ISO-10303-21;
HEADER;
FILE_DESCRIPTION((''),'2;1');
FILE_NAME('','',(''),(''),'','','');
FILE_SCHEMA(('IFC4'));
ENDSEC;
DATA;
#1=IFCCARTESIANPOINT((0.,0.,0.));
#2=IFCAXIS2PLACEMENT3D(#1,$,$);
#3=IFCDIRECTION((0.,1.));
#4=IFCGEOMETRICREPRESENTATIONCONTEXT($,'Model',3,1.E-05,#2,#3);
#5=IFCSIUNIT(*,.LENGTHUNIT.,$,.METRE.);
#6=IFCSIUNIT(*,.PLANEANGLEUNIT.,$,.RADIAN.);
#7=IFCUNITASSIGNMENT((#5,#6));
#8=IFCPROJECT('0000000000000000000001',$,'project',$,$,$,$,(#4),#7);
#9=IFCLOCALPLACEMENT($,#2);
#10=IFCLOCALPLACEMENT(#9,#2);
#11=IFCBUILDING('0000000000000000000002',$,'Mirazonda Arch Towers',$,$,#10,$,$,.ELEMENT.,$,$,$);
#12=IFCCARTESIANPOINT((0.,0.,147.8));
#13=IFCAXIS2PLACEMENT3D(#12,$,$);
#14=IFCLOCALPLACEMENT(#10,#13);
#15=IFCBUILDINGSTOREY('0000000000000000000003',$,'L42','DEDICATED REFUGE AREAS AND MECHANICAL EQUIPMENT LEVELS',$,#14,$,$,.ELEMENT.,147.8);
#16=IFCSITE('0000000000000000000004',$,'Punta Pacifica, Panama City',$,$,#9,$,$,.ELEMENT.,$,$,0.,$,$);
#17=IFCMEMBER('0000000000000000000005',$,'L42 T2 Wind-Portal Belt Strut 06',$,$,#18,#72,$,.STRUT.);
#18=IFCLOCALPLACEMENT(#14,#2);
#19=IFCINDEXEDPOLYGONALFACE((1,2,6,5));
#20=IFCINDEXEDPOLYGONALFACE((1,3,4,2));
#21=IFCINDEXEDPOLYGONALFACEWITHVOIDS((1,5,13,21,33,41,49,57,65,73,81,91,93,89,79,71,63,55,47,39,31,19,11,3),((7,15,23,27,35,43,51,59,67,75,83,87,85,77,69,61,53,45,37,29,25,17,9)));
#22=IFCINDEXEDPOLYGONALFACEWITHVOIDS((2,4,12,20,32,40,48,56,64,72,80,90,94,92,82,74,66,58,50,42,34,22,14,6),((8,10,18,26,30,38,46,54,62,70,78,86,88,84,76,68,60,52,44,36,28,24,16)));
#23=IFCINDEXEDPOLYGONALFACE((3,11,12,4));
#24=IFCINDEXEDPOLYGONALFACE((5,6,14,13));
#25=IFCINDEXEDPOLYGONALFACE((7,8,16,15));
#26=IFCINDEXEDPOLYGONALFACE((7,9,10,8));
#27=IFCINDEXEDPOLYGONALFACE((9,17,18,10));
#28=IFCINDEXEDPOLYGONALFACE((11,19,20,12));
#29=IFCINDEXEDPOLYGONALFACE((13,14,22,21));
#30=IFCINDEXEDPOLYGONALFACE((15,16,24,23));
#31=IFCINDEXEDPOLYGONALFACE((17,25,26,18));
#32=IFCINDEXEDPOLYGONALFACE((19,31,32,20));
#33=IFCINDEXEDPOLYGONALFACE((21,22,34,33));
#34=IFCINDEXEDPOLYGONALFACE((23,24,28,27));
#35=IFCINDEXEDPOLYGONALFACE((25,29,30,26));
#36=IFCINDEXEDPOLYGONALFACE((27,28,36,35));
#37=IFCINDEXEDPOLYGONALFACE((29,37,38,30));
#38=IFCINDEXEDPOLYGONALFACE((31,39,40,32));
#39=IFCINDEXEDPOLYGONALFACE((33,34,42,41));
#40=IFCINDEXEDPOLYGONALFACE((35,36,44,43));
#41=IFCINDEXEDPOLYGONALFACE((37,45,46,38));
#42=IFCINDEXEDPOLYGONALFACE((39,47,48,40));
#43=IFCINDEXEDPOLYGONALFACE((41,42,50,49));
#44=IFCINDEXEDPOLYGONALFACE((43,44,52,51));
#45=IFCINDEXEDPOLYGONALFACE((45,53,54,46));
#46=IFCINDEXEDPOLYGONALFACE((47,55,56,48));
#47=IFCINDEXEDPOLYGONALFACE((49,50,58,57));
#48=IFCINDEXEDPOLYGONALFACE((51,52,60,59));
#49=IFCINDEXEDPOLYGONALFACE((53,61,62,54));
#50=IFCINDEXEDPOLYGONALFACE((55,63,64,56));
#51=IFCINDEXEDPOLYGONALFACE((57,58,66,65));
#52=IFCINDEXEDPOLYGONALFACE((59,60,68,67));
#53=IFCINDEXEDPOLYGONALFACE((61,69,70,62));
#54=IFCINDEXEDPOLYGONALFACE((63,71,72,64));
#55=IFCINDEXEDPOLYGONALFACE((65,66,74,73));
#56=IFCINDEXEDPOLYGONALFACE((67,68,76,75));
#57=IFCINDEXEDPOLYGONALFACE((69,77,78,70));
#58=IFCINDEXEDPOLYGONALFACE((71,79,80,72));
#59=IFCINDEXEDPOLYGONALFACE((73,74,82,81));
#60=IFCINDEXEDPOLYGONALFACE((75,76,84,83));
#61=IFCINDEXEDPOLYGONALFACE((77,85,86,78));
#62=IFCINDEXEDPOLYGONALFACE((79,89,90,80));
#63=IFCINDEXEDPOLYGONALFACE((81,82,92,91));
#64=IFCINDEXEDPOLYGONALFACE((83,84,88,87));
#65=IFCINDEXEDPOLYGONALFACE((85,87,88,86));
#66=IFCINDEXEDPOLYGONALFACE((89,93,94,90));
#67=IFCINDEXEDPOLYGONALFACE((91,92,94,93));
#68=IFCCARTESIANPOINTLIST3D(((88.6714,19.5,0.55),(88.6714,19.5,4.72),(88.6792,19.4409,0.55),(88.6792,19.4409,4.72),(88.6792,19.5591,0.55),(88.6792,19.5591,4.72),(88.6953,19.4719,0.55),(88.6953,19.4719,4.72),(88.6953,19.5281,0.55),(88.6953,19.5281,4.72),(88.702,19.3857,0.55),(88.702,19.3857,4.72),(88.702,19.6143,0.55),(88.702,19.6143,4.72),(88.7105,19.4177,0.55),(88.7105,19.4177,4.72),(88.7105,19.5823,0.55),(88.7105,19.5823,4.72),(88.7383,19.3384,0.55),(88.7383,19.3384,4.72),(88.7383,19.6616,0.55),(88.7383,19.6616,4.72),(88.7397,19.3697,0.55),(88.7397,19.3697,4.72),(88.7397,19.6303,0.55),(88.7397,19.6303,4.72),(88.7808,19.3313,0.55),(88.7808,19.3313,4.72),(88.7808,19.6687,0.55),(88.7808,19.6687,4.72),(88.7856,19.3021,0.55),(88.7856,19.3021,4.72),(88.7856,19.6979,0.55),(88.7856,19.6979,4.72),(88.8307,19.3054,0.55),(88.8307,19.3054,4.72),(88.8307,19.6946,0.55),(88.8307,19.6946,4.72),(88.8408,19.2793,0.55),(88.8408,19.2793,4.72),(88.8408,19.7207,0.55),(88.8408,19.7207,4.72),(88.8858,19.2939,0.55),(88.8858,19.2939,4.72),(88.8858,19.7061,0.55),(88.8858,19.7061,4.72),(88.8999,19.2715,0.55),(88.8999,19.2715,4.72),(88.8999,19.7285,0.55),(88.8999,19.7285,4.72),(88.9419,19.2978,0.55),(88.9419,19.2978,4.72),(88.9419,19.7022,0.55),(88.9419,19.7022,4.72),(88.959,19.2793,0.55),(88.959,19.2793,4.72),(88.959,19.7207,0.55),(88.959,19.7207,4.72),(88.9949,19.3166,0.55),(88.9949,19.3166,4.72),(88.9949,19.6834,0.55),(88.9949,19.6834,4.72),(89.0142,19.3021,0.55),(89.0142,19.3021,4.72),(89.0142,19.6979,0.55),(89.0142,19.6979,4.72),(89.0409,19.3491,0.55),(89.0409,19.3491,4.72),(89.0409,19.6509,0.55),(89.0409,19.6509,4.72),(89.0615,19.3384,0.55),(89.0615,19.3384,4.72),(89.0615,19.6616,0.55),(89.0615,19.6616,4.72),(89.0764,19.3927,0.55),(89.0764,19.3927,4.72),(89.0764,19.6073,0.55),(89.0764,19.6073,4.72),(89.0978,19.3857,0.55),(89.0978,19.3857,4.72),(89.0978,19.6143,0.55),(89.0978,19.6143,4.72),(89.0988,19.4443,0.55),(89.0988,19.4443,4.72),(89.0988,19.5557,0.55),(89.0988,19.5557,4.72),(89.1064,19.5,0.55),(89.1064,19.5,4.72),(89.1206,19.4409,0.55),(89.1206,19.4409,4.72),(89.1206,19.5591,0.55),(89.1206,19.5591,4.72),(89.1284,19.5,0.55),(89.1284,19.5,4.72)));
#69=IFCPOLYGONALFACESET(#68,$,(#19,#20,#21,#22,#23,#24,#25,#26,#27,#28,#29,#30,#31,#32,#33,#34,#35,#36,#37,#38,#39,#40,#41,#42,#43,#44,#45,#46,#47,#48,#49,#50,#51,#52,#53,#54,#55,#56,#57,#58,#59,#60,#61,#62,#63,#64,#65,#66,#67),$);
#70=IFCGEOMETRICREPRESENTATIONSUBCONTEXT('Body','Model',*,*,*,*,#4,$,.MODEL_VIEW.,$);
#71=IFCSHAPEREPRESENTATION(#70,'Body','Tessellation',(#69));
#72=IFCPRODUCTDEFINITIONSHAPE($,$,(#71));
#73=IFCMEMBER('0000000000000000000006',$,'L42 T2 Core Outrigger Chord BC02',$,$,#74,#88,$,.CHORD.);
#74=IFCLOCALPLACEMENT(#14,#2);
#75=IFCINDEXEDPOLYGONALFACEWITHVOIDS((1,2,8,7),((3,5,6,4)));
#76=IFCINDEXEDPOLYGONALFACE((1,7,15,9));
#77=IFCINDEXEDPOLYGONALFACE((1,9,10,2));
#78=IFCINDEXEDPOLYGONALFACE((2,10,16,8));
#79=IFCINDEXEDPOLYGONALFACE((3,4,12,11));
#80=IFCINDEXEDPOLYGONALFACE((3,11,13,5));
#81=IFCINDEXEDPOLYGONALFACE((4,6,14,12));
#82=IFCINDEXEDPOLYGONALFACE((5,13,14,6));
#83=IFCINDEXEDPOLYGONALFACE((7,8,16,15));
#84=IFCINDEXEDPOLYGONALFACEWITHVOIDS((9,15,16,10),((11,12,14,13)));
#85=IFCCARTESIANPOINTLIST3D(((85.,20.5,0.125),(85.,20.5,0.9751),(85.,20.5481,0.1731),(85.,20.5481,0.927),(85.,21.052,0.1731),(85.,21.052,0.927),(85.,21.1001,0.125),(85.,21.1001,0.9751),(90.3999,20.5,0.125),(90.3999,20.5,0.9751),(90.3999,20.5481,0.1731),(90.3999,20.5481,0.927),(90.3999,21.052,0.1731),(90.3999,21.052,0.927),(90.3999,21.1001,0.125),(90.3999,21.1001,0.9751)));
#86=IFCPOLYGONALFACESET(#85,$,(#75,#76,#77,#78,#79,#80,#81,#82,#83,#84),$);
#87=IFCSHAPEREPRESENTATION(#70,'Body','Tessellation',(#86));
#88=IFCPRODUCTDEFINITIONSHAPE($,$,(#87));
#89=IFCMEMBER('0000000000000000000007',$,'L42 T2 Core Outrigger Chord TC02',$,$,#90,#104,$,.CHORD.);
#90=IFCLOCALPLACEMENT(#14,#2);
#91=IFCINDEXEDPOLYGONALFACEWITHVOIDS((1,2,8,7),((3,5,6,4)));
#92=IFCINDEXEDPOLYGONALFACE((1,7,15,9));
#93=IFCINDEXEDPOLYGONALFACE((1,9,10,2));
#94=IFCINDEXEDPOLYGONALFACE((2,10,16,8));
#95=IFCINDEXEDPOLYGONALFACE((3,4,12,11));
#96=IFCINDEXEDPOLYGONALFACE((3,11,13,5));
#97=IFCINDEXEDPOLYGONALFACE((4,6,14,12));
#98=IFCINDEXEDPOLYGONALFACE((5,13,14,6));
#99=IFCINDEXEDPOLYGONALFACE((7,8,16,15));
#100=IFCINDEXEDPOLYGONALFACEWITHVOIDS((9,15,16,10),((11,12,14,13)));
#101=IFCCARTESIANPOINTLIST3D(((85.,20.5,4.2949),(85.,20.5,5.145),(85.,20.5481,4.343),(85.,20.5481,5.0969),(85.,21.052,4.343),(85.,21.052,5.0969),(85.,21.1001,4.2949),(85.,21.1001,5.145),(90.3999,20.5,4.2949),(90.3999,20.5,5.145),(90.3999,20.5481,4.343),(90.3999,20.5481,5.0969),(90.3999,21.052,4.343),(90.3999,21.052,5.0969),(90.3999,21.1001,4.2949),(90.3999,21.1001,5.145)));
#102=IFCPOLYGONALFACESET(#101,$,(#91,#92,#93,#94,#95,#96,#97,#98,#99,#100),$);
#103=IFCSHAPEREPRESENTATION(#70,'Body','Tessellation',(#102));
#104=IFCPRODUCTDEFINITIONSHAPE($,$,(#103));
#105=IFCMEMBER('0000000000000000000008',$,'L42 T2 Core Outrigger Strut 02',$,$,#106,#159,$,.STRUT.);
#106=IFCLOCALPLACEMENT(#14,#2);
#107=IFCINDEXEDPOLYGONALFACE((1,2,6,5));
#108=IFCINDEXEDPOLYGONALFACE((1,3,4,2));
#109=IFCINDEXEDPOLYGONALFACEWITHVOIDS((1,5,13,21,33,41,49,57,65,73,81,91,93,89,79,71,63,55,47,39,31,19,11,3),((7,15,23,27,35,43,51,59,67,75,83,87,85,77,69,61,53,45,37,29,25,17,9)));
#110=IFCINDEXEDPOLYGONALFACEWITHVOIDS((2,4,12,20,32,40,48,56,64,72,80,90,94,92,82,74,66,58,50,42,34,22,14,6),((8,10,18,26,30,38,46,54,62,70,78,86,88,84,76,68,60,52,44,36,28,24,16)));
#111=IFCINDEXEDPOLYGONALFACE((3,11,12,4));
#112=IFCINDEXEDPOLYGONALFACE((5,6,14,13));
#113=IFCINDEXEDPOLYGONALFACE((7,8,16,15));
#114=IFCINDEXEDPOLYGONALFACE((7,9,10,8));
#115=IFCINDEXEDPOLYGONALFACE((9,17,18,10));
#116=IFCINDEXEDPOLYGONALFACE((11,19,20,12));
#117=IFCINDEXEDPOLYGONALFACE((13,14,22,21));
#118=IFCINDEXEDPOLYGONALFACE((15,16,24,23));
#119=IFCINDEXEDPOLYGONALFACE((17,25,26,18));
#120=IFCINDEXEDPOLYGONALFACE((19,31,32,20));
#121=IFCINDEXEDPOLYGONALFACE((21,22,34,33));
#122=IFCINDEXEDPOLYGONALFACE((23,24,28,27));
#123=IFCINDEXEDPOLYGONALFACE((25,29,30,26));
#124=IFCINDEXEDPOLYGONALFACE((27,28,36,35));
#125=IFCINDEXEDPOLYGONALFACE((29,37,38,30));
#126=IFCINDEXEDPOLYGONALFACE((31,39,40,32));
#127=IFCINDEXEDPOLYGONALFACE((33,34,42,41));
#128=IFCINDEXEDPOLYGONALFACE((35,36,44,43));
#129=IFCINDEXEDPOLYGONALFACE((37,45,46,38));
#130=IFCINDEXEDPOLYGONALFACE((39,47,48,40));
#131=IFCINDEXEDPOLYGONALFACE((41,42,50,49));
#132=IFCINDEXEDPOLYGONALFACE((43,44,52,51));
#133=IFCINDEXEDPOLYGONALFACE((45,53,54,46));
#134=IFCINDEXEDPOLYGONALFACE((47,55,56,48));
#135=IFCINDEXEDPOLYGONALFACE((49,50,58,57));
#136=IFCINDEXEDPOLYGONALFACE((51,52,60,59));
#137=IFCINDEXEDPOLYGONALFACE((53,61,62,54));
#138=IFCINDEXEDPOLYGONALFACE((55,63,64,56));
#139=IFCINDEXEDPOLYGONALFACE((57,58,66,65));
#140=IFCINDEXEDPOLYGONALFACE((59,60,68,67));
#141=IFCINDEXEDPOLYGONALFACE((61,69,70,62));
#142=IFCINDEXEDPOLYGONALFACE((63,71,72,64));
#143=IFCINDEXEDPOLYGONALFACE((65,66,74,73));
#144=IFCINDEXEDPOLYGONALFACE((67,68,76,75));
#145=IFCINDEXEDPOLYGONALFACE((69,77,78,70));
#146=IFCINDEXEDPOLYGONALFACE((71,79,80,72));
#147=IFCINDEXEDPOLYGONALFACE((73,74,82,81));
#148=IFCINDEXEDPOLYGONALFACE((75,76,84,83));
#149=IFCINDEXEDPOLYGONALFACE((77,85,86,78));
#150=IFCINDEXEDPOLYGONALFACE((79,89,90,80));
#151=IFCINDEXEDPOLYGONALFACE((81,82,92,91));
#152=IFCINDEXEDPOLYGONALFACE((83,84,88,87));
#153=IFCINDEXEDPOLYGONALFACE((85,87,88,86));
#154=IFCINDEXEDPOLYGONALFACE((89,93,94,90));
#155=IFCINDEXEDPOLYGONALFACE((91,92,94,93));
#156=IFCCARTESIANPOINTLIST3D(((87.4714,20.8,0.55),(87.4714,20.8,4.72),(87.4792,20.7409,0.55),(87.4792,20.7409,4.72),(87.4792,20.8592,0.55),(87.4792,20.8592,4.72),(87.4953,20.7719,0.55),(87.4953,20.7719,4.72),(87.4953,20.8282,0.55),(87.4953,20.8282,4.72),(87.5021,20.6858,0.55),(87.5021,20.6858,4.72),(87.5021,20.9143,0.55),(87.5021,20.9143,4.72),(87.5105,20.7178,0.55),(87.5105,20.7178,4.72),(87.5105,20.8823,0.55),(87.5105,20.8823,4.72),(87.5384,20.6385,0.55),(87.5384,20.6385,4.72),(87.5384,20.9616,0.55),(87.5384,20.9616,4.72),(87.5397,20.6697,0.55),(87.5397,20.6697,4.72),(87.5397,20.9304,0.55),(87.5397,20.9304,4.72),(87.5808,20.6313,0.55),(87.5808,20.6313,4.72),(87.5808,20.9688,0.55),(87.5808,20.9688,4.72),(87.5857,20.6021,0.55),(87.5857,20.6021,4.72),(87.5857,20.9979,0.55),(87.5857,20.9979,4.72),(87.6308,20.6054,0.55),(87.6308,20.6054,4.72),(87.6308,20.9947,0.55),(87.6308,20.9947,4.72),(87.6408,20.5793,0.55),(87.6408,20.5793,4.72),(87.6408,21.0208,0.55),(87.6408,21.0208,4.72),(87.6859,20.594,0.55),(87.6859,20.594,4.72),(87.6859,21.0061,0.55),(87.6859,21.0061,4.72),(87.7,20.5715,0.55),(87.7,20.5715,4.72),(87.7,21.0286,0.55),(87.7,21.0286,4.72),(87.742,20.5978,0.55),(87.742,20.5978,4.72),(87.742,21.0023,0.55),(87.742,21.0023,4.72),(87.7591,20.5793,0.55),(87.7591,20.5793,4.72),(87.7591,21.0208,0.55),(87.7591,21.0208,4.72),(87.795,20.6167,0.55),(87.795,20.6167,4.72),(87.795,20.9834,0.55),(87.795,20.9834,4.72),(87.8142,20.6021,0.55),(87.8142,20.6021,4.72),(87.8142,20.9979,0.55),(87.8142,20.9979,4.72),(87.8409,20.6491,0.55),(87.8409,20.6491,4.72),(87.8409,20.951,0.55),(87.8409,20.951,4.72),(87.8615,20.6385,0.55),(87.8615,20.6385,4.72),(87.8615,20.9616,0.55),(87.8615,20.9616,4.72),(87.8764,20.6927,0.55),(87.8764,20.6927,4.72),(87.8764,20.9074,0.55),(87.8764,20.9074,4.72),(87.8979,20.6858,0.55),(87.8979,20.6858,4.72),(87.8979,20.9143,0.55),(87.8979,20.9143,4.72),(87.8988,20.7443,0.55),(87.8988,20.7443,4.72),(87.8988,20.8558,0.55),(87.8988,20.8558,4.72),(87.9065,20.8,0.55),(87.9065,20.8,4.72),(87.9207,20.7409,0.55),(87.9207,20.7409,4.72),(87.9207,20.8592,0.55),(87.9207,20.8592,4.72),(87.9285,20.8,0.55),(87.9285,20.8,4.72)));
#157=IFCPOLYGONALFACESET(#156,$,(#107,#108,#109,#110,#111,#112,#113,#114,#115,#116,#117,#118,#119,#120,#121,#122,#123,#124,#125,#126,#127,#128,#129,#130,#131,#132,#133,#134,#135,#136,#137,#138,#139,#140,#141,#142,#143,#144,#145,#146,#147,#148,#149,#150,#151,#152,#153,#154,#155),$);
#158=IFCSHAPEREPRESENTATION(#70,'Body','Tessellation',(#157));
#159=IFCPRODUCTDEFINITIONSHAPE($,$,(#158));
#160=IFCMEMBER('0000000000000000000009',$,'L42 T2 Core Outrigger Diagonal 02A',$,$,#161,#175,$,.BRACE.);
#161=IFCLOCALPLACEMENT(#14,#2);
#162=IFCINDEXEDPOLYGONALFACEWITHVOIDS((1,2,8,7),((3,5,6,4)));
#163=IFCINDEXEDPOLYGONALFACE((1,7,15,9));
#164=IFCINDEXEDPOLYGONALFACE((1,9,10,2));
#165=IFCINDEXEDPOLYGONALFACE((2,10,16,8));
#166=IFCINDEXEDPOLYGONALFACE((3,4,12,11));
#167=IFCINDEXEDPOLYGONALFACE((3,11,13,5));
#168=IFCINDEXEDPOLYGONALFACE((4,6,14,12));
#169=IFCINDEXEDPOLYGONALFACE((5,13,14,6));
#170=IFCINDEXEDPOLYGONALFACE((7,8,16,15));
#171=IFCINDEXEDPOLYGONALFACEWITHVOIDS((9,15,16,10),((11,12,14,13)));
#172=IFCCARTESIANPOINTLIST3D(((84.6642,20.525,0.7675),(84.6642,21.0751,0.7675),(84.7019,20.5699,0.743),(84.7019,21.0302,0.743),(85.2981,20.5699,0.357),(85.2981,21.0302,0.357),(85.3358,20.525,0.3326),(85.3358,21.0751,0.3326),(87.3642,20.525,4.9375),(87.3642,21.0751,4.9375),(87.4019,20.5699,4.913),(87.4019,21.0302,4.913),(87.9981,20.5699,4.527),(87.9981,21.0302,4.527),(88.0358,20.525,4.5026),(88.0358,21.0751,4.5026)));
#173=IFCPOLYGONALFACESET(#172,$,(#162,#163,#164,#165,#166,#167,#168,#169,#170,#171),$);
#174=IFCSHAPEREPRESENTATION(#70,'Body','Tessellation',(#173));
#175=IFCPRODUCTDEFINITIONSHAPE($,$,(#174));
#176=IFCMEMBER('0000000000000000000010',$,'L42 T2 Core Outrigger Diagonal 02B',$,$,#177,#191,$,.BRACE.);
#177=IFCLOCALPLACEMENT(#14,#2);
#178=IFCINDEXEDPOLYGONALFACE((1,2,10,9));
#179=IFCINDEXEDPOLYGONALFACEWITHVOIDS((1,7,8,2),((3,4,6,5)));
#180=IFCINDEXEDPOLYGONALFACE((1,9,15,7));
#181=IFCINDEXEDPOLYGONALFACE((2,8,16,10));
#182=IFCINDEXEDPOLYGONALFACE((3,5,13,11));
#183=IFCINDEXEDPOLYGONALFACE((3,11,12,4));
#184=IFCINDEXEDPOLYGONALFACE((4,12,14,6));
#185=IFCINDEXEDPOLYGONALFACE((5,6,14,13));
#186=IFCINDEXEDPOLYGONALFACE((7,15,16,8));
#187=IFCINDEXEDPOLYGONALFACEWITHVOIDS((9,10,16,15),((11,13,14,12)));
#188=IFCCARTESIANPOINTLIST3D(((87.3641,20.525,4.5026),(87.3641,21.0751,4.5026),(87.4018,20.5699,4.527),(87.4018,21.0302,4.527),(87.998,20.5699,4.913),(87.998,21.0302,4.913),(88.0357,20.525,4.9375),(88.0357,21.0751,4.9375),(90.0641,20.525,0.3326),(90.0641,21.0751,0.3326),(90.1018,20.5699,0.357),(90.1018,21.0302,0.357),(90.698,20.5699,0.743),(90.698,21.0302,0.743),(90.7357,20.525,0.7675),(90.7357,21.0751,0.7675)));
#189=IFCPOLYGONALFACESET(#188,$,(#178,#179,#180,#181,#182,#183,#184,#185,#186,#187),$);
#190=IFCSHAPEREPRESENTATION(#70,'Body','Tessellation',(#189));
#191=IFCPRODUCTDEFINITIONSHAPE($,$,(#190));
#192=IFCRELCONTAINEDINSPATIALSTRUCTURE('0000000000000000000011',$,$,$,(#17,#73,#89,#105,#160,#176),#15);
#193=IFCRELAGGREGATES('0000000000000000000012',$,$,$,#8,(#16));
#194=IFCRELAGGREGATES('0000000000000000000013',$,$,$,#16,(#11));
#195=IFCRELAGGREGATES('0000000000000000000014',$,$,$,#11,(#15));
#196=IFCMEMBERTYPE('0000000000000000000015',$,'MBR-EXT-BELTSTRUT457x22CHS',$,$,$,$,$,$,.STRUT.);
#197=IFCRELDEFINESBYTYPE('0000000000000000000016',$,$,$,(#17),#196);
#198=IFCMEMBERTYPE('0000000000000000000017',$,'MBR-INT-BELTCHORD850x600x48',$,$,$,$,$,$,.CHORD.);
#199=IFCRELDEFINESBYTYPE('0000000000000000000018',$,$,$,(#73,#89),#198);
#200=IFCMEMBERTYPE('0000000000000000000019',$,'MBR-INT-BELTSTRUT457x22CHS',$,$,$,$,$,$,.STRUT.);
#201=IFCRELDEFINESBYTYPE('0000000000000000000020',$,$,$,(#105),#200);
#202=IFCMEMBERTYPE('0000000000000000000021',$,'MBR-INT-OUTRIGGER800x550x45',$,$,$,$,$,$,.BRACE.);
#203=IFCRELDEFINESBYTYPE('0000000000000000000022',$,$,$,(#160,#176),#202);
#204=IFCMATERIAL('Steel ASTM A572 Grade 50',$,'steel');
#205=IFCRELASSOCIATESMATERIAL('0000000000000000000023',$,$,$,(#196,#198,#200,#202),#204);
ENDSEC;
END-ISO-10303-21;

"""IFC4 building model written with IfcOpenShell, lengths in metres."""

from ifc_helpers import new_model, si_unit, direction, frame, origin, origin_2d, place, context, subcontext, project, spatial, hollow_rectangle, hollow_circle, extrude, material, material_profile, profile_set, type_object, element, save


model = new_model("IFC4")

# Units and contexts
model_context = context("Model", 3, precision=1e-05, world=origin(), true_north=direction((0.0, 1.0)))
body_context = subcontext(model_context, "Body", "Model", "MODEL_VIEW")
ifc_project = project(units=[si_unit("LENGTHUNIT", "METRE"), si_unit("PLANEANGLEUNIT", "RADIAN")], contexts=[model_context])

# Site, building, storey
site_placement = place(None, origin())
site = spatial("IfcSite", under=ifc_project, at=site_placement, Name="Punta Pacifica, Panama City", CompositionType="ELEMENT", RefElevation=0.0)
building_placement = place(site_placement, origin())
building = spatial("IfcBuilding", under=site, at=building_placement, Name="Mirazonda Arch Towers", CompositionType="ELEMENT")
storey_placement = place(building_placement, frame((0.0, 0.0, 147.8)))
storey = spatial("IfcBuildingStorey", under=building, at=storey_placement, Name="L42", Description="DEDICATED REFUGE AREAS AND MECHANICAL EQUIPMENT LEVELS", CompositionType="ELEMENT", Elevation=147.8)

# Shared definitions
ifc_material_1 = material(Name="Steel ASTM A572 Grade 50", Category="steel")

# Members
ifc_material_profile_1 = material_profile(ifc_material_1, hollow_circle(Radius=0.2285, WallThickness=0.022, at=origin_2d()), Name="BELTSTRUT457x22CHS")
ifc_profile_set_1 = profile_set([ifc_material_profile_1], Name="Steel ASTM A572 Grade 50")
member_type_1 = type_object("IfcMemberType", Name="MBR-EXT-BELTSTRUT457x22CHS", PredefinedType="STRUT", material=ifc_profile_set_1)
for number, where, z_axis, x_axis, name in (
    (1, (88.8999, 19.5, 0.55), (0.0, 0.0, 1.0), (1.0, 0.0, 0.0), "L42 T2 Wind-Portal Belt Strut 06"),
):
    element("IfcMember", number, at=place(storey_placement, frame(where, z_axis=z_axis, x_axis=x_axis)), inside=storey, type_object=member_type_1, Name=name, PredefinedType="STRUT", context=body_context, shape_type="SweptSolid", body=[
        extrude(hollow_circle(Radius=0.2285, WallThickness=0.022, at=origin_2d()), origin(), (0.0, 0.0, 1.0), 4.1699),
    ])
ifc_material_profile_2 = material_profile(ifc_material_1, hollow_rectangle(XDim=0.6001, YDim=0.8501, WallThickness=0.0481, at=origin_2d()), Name="BELTCHORD850x600x48")
ifc_profile_set_2 = profile_set([ifc_material_profile_2], Name="Steel ASTM A572 Grade 50")
member_type_2 = type_object("IfcMemberType", Name="MBR-INT-BELTCHORD850x600x48", PredefinedType="CHORD", material=ifc_profile_set_2)
for number, where, z_axis, x_axis, name in (
    (2, (85.0, 20.8, 0.55), (1.0, 0.0, 0.0), (0.0, 1.0, 0.0), "L42 T2 Core Outrigger Chord BC02"),
    (3, (85.0, 20.8, 4.72), (1.0, 0.0, 0.0), (0.0, 1.0, 0.0), "L42 T2 Core Outrigger Chord TC02"),
):
    element("IfcMember", number, at=place(storey_placement, frame(where, z_axis=z_axis, x_axis=x_axis)), inside=storey, type_object=member_type_2, Name=name, PredefinedType="CHORD", context=body_context, shape_type="SweptSolid", body=[
        extrude(hollow_rectangle(XDim=0.6001, YDim=0.8501, WallThickness=0.0481, at=origin_2d()), origin(), (0.0, 0.0, 1.0), 5.3999),
    ])
ifc_material_profile_3 = material_profile(ifc_material_1, hollow_circle(Radius=0.2285, WallThickness=0.022, at=origin_2d()), Name="BELTSTRUT457x22CHS")
ifc_profile_set_3 = profile_set([ifc_material_profile_3], Name="Steel ASTM A572 Grade 50")
member_type_3 = type_object("IfcMemberType", Name="MBR-INT-BELTSTRUT457x22CHS", PredefinedType="STRUT", material=ifc_profile_set_3)
member_1_placement = place(storey_placement, frame((87.7, 20.8, 0.55), z_axis=(0.0, 0.0, 1.0), x_axis=(1.0, 0.0, 0.0)))
element("IfcMember", 4, at=member_1_placement, inside=storey, type_object=member_type_3, Name="L42 T2 Core Outrigger Strut 02", PredefinedType="STRUT", context=body_context, shape_type="SweptSolid", body=[
    extrude(hollow_circle(Radius=0.2285, WallThickness=0.022, at=origin_2d()), origin(), (0.0, 0.0, 1.0), 4.1699),
])
ifc_material_profile_4 = material_profile(ifc_material_1, hollow_rectangle(XDim=0.55, YDim=0.8, WallThickness=0.0449, at=origin_2d()), Name="OUTRIGGER800x550x45")
ifc_profile_set_4 = profile_set([ifc_material_profile_4], Name="Steel ASTM A572 Grade 50")
member_type_4 = type_object("IfcMemberType", Name="MBR-INT-OUTRIGGER800x550x45", PredefinedType="BRACE", material=ifc_profile_set_4)
for number, where, z_axis, x_axis, name in (
    (5, (85.0, 20.8, 0.55), (0.543502, 0.0, 0.839408), (0.0, 1.0, 0.0), "L42 T2 Core Outrigger Diagonal 02A"),
    (6, (90.3999, 20.8, 0.55), (-0.543502, 0.0, 0.839408), (0.0, -1.0, 0.0), "L42 T2 Core Outrigger Diagonal 02B"),
):
    element("IfcMember", number, at=place(storey_placement, frame(where, z_axis=z_axis, x_axis=x_axis)), inside=storey, type_object=member_type_4, Name=name, PredefinedType="BRACE", context=body_context, shape_type="SweptSolid", body=[
        extrude(hollow_rectangle(XDim=0.55, YDim=0.8, WallThickness=0.0449, at=origin_2d()), origin(), (0.0, 0.0, 1.0), 4.9678),
    ])

save(model, "model.ifc")
